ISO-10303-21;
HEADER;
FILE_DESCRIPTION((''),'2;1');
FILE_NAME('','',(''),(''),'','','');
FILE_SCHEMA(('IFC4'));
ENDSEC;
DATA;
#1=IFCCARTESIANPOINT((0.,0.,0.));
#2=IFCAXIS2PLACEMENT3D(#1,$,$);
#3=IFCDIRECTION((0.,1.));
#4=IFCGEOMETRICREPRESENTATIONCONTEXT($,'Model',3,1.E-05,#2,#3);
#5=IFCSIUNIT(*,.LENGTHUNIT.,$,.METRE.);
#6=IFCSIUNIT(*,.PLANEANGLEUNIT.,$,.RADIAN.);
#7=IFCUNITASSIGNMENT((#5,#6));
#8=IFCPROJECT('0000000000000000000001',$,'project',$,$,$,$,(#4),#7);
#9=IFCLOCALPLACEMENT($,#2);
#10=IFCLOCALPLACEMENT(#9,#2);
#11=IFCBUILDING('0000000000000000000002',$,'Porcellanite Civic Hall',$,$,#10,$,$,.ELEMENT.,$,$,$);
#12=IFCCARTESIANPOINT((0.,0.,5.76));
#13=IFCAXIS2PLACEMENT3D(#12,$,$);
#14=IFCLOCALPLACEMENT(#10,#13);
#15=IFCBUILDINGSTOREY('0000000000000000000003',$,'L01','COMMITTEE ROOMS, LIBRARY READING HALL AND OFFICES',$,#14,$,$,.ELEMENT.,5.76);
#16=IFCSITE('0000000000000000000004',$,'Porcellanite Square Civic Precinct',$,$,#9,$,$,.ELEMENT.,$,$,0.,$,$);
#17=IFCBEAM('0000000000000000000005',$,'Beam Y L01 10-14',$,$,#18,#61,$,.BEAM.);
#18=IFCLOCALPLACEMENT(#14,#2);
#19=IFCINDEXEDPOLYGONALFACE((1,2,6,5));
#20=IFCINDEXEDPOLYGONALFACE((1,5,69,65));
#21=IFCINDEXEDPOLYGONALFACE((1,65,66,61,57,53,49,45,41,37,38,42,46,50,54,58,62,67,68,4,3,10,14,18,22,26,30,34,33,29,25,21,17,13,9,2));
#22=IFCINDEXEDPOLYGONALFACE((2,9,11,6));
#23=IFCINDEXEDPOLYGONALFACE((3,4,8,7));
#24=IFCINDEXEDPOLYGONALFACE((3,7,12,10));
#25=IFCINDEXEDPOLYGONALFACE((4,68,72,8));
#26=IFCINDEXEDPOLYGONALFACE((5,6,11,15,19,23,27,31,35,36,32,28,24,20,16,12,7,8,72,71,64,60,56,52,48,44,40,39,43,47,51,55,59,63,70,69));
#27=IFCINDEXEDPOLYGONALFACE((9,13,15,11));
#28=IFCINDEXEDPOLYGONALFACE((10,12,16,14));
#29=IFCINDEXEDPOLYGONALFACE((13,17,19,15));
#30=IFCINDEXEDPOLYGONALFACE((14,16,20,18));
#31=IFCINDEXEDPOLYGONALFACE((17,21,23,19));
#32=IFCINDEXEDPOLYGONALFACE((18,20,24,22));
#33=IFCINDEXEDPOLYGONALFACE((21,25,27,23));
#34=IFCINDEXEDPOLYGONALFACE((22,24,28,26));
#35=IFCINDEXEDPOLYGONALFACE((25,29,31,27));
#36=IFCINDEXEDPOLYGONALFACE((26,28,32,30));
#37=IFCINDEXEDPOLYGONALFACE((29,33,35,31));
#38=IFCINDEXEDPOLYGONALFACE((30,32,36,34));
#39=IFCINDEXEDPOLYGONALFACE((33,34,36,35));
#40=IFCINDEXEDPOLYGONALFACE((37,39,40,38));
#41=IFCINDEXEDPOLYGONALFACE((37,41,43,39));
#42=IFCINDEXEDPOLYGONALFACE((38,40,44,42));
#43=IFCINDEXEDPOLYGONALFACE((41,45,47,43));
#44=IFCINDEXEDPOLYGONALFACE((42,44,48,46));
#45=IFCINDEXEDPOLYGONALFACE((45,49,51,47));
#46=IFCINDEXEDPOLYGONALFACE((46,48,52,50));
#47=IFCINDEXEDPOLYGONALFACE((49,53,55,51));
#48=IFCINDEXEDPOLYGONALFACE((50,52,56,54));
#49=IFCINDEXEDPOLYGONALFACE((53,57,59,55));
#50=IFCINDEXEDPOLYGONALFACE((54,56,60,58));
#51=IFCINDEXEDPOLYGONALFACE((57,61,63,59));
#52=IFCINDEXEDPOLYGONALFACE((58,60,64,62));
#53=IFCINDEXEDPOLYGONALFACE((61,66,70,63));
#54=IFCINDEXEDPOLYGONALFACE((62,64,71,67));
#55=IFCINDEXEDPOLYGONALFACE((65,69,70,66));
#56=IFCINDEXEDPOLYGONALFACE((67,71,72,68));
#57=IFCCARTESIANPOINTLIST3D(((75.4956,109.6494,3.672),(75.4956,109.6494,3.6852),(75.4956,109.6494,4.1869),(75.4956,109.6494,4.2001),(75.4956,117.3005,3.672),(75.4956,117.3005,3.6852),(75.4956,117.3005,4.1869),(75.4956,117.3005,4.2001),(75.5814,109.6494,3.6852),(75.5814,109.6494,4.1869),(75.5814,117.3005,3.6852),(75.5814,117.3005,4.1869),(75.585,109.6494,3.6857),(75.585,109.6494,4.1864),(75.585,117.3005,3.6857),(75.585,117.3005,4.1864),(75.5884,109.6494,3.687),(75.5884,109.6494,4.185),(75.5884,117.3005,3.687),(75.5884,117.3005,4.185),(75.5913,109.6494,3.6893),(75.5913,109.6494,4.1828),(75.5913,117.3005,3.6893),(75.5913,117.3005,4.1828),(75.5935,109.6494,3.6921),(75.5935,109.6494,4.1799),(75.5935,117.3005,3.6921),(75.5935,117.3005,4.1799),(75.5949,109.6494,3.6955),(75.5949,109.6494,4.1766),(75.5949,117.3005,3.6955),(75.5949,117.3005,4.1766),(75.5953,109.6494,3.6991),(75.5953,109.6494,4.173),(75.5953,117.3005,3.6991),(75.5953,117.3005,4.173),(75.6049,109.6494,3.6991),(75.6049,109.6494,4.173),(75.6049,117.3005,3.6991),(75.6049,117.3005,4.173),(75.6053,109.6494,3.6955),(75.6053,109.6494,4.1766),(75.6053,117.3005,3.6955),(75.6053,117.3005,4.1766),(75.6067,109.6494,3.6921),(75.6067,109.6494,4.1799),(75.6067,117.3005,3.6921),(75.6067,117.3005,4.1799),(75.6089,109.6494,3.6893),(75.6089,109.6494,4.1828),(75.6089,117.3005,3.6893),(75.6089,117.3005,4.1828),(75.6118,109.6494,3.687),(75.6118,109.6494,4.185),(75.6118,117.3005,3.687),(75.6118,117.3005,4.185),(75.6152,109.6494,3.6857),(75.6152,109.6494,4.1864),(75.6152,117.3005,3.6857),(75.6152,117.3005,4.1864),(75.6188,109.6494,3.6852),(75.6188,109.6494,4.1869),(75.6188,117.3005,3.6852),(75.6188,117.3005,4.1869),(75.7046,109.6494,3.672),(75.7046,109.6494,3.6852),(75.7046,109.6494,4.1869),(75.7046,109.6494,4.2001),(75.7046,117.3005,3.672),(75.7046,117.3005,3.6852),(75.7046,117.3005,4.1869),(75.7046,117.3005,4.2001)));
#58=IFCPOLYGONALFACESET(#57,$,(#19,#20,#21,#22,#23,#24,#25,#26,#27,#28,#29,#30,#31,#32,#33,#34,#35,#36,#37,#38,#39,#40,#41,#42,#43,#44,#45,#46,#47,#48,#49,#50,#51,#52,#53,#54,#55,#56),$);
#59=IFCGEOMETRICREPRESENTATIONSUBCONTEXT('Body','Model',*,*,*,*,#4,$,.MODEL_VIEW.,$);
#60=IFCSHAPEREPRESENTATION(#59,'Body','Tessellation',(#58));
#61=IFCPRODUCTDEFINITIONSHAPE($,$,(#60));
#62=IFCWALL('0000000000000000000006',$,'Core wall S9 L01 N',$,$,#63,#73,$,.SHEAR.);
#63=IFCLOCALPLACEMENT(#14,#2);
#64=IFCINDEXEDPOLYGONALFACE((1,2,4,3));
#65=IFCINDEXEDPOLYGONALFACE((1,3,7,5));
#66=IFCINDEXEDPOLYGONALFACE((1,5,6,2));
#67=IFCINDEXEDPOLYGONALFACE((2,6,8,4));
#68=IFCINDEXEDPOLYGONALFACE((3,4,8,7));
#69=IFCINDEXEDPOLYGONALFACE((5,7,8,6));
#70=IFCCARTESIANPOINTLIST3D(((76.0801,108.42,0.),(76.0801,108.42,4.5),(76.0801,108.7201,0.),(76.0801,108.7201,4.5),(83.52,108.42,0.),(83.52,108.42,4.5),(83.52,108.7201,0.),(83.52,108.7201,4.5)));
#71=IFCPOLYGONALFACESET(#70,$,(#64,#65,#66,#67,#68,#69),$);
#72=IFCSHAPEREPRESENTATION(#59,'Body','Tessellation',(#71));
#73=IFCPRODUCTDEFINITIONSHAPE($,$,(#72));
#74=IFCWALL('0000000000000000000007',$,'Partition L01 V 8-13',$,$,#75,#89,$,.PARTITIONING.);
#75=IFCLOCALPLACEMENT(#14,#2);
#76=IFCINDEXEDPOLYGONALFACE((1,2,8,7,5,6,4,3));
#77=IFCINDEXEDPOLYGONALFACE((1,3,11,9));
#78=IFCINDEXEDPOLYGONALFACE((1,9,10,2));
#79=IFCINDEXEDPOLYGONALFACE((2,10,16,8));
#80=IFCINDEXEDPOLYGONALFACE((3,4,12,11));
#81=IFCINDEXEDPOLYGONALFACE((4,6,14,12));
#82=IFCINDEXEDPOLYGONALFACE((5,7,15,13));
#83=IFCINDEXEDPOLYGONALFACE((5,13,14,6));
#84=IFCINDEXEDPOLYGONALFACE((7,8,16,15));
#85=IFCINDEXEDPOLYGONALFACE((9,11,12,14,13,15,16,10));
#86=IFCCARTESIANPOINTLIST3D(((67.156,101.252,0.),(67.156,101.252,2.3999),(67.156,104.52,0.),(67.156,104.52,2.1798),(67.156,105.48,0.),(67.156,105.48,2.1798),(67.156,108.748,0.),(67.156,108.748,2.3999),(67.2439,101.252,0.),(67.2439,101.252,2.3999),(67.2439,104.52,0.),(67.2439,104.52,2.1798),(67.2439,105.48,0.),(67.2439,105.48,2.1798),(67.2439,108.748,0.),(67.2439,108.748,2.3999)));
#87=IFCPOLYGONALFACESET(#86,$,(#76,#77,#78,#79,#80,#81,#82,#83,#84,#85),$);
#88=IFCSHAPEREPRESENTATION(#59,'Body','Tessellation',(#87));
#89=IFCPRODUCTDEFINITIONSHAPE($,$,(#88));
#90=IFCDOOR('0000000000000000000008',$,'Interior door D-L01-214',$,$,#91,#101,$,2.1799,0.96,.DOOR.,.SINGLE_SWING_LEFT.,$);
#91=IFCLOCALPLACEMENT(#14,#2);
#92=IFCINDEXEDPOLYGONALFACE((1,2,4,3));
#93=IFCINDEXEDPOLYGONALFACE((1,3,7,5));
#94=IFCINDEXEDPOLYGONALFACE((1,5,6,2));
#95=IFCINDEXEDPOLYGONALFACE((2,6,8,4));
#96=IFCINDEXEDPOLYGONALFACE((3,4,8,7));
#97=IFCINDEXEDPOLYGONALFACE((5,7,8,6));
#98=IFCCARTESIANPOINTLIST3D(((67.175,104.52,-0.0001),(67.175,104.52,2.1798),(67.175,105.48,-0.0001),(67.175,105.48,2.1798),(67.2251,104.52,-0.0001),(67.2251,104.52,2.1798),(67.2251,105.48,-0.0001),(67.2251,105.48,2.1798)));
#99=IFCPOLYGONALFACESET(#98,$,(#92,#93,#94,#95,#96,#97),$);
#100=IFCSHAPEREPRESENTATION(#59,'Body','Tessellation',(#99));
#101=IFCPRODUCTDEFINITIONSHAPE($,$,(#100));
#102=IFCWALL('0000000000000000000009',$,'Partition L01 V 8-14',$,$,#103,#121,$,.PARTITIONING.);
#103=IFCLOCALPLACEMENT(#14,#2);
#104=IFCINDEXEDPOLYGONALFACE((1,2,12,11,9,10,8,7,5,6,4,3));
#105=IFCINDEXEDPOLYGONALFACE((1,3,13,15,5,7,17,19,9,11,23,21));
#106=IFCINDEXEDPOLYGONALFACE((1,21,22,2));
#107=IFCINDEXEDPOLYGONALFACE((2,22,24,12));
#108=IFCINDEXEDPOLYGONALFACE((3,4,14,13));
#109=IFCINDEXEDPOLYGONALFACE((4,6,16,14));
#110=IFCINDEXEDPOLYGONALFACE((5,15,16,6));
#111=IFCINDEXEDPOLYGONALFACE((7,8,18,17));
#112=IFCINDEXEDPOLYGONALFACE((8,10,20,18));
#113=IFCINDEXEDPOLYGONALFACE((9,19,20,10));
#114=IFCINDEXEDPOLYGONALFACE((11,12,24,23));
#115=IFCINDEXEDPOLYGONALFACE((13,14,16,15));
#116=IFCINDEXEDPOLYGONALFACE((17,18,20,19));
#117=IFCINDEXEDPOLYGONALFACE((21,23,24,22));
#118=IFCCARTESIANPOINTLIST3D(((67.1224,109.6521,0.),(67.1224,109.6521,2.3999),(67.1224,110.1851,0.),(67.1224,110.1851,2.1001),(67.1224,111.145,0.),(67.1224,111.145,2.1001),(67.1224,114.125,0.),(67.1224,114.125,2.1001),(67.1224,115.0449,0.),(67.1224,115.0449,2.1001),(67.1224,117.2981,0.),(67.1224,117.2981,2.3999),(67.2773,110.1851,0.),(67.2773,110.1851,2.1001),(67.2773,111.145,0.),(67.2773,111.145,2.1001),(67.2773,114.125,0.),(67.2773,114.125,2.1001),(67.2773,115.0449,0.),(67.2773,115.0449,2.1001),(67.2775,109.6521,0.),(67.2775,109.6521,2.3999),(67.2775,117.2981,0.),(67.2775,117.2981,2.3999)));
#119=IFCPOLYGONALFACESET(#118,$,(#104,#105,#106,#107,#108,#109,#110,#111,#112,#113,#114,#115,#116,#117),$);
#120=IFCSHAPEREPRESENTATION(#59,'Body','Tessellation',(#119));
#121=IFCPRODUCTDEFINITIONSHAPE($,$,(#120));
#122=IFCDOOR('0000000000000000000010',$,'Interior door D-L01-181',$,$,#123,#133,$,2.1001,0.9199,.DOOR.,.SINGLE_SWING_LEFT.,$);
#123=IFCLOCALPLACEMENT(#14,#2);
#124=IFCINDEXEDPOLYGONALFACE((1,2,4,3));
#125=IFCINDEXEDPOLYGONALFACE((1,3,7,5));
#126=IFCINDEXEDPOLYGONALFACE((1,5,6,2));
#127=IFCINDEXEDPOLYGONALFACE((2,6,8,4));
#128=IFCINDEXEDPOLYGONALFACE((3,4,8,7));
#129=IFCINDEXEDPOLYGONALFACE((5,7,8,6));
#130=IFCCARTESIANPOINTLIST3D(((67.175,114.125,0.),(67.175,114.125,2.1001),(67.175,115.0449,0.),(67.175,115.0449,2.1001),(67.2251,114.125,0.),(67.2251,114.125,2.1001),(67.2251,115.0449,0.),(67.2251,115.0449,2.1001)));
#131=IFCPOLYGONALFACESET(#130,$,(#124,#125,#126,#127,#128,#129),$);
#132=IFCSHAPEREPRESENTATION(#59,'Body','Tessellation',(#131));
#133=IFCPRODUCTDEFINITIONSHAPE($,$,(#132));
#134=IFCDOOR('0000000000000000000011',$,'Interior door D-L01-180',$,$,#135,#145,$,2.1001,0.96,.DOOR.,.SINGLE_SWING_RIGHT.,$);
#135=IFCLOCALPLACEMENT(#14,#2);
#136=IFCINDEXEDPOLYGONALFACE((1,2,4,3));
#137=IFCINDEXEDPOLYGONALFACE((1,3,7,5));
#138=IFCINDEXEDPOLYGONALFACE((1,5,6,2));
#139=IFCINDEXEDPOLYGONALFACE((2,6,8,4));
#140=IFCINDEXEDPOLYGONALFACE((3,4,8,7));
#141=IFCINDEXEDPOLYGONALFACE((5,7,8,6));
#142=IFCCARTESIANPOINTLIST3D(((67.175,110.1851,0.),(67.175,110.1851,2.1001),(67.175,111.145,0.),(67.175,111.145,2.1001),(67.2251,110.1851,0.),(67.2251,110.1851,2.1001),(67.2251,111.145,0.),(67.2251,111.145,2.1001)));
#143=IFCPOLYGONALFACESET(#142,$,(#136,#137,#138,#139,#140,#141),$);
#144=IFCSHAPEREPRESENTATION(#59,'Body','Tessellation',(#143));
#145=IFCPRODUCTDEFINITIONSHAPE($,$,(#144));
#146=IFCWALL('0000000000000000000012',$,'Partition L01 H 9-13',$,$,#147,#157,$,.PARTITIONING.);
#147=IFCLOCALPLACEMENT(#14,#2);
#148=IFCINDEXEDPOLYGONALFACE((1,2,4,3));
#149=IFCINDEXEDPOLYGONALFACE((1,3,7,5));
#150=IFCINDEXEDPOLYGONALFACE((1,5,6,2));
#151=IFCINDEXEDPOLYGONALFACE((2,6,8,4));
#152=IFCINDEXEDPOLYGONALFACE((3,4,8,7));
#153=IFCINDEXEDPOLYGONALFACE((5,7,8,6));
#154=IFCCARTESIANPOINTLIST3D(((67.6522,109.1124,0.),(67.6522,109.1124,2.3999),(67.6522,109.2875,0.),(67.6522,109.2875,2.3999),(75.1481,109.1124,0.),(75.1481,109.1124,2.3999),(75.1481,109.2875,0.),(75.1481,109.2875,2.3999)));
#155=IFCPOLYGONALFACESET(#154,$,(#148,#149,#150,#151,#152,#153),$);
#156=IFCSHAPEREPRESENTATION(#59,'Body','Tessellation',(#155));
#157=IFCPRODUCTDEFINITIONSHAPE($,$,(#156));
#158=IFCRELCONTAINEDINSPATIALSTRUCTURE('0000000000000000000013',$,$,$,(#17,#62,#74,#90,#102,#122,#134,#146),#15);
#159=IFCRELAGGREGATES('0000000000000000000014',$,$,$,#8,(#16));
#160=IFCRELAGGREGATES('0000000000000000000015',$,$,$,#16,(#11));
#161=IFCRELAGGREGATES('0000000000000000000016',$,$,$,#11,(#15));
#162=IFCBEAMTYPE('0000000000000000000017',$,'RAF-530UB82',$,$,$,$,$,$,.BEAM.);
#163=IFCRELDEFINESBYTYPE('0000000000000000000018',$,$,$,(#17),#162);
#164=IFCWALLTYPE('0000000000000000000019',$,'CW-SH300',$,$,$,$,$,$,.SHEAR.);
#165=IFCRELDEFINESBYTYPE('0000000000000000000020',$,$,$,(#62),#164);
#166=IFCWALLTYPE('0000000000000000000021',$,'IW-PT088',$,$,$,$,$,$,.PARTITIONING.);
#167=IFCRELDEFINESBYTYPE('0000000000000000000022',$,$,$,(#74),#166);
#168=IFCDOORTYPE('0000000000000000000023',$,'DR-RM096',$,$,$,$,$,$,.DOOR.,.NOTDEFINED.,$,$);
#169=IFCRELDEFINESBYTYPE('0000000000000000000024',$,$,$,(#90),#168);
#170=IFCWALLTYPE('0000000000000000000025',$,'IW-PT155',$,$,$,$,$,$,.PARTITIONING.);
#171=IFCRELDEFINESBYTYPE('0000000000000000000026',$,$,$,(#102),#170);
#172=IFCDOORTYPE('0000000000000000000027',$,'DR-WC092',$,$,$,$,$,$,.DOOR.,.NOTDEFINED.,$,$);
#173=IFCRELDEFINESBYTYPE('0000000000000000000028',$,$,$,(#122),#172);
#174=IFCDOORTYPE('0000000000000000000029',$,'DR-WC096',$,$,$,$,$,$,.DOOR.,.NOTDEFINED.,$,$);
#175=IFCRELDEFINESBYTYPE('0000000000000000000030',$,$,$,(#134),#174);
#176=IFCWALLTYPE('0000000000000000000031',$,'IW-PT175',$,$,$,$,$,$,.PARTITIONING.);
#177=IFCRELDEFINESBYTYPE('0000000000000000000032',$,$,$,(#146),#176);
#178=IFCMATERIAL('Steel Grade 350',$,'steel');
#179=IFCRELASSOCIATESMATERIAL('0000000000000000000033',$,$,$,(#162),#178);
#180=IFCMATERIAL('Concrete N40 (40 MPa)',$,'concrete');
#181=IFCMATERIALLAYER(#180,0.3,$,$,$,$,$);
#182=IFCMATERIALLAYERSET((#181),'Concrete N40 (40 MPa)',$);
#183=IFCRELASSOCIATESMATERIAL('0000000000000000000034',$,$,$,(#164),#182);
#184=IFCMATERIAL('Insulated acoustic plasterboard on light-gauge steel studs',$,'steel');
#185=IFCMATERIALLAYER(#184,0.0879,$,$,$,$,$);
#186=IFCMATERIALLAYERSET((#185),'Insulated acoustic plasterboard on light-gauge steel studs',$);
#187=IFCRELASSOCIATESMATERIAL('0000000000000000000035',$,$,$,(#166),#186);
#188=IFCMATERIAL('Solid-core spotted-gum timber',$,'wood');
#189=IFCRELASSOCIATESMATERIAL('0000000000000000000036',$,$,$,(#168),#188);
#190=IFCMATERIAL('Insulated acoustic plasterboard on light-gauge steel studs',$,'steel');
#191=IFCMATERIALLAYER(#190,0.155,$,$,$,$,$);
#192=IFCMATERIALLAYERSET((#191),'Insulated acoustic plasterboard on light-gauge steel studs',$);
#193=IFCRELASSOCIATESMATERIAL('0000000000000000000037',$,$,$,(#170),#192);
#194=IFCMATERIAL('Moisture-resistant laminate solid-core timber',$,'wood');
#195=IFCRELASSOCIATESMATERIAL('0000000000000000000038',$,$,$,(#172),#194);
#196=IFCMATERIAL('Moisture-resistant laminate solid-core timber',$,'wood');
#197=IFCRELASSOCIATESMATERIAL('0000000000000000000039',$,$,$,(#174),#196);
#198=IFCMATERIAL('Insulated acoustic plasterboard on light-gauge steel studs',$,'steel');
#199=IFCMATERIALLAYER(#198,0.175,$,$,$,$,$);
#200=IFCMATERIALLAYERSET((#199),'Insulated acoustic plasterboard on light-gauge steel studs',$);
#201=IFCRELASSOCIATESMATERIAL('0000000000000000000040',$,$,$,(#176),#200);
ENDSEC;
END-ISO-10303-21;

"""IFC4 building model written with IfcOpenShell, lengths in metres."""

from ifc_helpers import new_model, si_unit, direction, frame, frame_2d, origin, origin_2d, place, context, subcontext, project, spatial, rectangle, i_section, extrude, material, layer, layer_set, material_profile, profile_set, type_object, element, fill, save


model = new_model("IFC4")

# Units and contexts
model_context = context("Model", 3, precision=1e-05, world=origin(), true_north=direction((0.0, 1.0)))
body_context = subcontext(model_context, "Body", "Model", "MODEL_VIEW")
ifc_project = project(units=[si_unit("LENGTHUNIT", "METRE"), si_unit("PLANEANGLEUNIT", "RADIAN")], contexts=[model_context])

# Site, building, storey
site_placement = place(None, origin())
site = spatial("IfcSite", under=ifc_project, at=site_placement, Name="Porcellanite Square Civic Precinct", CompositionType="ELEMENT", RefElevation=0.0)
building_placement = place(site_placement, origin())
building = spatial("IfcBuilding", under=site, at=building_placement, Name="Porcellanite Civic Hall", CompositionType="ELEMENT")
storey_placement = place(building_placement, frame((0.0, 0.0, 5.76)))
storey = spatial("IfcBuildingStorey", under=building, at=storey_placement, Name="L01", Description="COMMITTEE ROOMS, LIBRARY READING HALL AND OFFICES", CompositionType="ELEMENT", Elevation=5.76)

# Beam
ifc_material_1 = material(Name="Steel Grade 350", Category="steel")
ifc_material_profile_1 = material_profile(ifc_material_1, i_section(OverallWidth=0.209, OverallDepth=0.5281, WebThickness=0.0095, FlangeThickness=0.0132, FilletRadius=0.0139, at=origin_2d()), Name="530UB82.0")
ifc_profile_set_1 = profile_set([ifc_material_profile_1], Name="Steel Grade 350")
beam_type_1 = type_object("IfcBeamType", Name="RAF-530UB82", PredefinedType="BEAM", material=ifc_profile_set_1)
beam_1_placement = place(storey_placement, frame((75.6001, 109.6494, 3.936), z_axis=(0.0, 1.0, 0.0), x_axis=(-1.0, 0.0, 0.0)))
element("IfcBeam", 1, at=beam_1_placement, inside=storey, type_object=beam_type_1, Name="Beam Y L01 10-14", PredefinedType="BEAM", context=body_context, shape_type="SweptSolid", body=[
    extrude(i_section(OverallWidth=0.209, OverallDepth=0.5281, WebThickness=0.0095, FlangeThickness=0.0132, FilletRadius=0.0139, at=origin_2d()), origin(), (0.0, 0.0, 1.0), 7.6511),
])

# Wall
ifc_material_2 = material(Name="Concrete N40 (40 MPa)", Category="concrete")
ifc_layer_1 = layer(ifc_material_2, 0.3)
ifc_layer_set_1 = layer_set([ifc_layer_1], Name="Concrete N40 (40 MPa)")
wall_type_1 = type_object("IfcWallType", Name="CW-SH300", PredefinedType="SHEAR", material=ifc_layer_set_1)
wall_1_placement = place(storey_placement, frame((76.0801, 108.5701, 0.0), z_axis=(0.0, 0.0, 1.0), x_axis=(1.0, 0.0, 0.0)))
element("IfcWall", 2, at=wall_1_placement, inside=storey, type_object=wall_type_1, Name="Core wall S9 L01 N", PredefinedType="SHEAR", context=body_context, shape_type="SweptSolid", body=[
    extrude(rectangle(XDim=7.4399, YDim=0.3, at=frame_2d((3.72, 0.0))), origin(), (0.0, 0.0, 1.0), 4.5),
])

# Wall, opening, door
ifc_material_3 = material(Name="Insulated acoustic plasterboard on light-gauge steel studs", Category="steel")
ifc_layer_2 = layer(ifc_material_3, 0.0879)
ifc_layer_set_2 = layer_set([ifc_layer_2], Name="Insulated acoustic plasterboard on light-gauge steel studs")
wall_type_2 = type_object("IfcWallType", Name="IW-PT088", PredefinedType="PARTITIONING", material=ifc_layer_set_2)
wall_2_placement = place(storey_placement, frame((67.2, 101.252, 0.0), z_axis=(0.0, 0.0, 1.0), x_axis=(0.0, 1.0, 0.0)))
wall_2 = element("IfcWall", 3, at=wall_2_placement, inside=storey, type_object=wall_type_2, Name="Partition L01 V 8-13", PredefinedType="PARTITIONING", context=body_context, shape_type="SweptSolid", body=[
    extrude(rectangle(XDim=7.4961, YDim=0.0879, at=frame_2d((3.748, 0.0))), origin(), (0.0, 0.0, 1.0), 2.3999),
])
opening_1_placement = place(wall_2_placement, frame((3.2681, 0.0, 0.0)))
opening_1 = element("IfcOpeningElement", 4, at=opening_1_placement, cuts=wall_2, PredefinedType="OPENING", context=body_context, shape_type="SweptSolid", body=[
    extrude(rectangle(XDim=0.96, YDim=2.1799, at=frame_2d((0.48, 1.0898))), frame((0.0, 0.0439, 0.0), z_axis=(0.0, -1.0, 0.0), x_axis=(1.0, 0.0, 0.0)), (0.0, 0.0, 1.0), 0.0879),
])
ifc_material_4 = material(Name="Solid-core spotted-gum timber", Category="wood")
door_type_1 = type_object("IfcDoorType", Name="DR-RM096", OperationType="NOTDEFINED", PredefinedType="DOOR", material=ifc_material_4)
door_1_placement = place(opening_1_placement, origin())
door_1 = element("IfcDoor", 5, at=door_1_placement, inside=storey, type_object=door_type_1, Name="Interior door D-L01-214", OperationType="SINGLE_SWING_LEFT", OverallHeight=2.1799, OverallWidth=0.96, PredefinedType="DOOR", context=body_context, shape_type="SweptSolid", body=[
    extrude(rectangle(XDim=0.96, YDim=2.1799, at=frame_2d((0.48, 1.0898))), frame((0.0, 0.0249, 0.0), z_axis=(0.0, -1.0, 0.0), x_axis=(1.0, 0.0, 0.0)), (0.0, 0.0, 1.0), 0.05),
])
fill(opening_1, door_1)

# Wall, openings, doors
ifc_material_5 = material(Name="Insulated acoustic plasterboard on light-gauge steel studs", Category="steel")
ifc_layer_3 = layer(ifc_material_5, 0.155)
ifc_layer_set_3 = layer_set([ifc_layer_3], Name="Insulated acoustic plasterboard on light-gauge steel studs")
wall_type_3 = type_object("IfcWallType", Name="IW-PT155", PredefinedType="PARTITIONING", material=ifc_layer_set_3)
wall_3_placement = place(storey_placement, frame((67.2, 109.6521, 0.0), z_axis=(0.0, 0.0, 1.0), x_axis=(0.0, 1.0, 0.0)))
wall_3 = element("IfcWall", 6, at=wall_3_placement, inside=storey, type_object=wall_type_3, Name="Partition L01 V 8-14", PredefinedType="PARTITIONING", context=body_context, shape_type="SweptSolid", body=[
    extrude(rectangle(XDim=7.646, YDim=0.155, at=frame_2d((3.823, 0.0))), origin(), (0.0, 0.0, 1.0), 2.3999),
])
opening_2_placement = place(wall_3_placement, frame((0.533, 0.0, 0.0)))
opening_2 = element("IfcOpeningElement", 7, at=opening_2_placement, cuts=wall_3, PredefinedType="OPENING", context=body_context, shape_type="SweptSolid", body=[
    extrude(rectangle(XDim=0.96, YDim=2.1001, at=frame_2d((0.48, 1.05))), frame((0.0, 0.0776, 0.0), z_axis=(0.0, -1.0, 0.0), x_axis=(1.0, 0.0, 0.0)), (0.0, 0.0, 1.0), 0.155),
])
opening_3_placement = place(wall_3_placement, frame((4.4729, 0.0, 0.0)))
opening_3 = element("IfcOpeningElement", 8, at=opening_3_placement, cuts=wall_3, PredefinedType="OPENING", context=body_context, shape_type="SweptSolid", body=[
    extrude(rectangle(XDim=0.9199, YDim=2.1001, at=frame_2d((0.46, 1.05))), frame((0.0, 0.0776, 0.0), z_axis=(0.0, -1.0, 0.0), x_axis=(1.0, 0.0, 0.0)), (0.0, 0.0, 1.0), 0.155),
])
ifc_material_6 = material(Name="Moisture-resistant laminate solid-core timber", Category="wood")
door_type_2 = type_object("IfcDoorType", Name="DR-WC092", OperationType="NOTDEFINED", PredefinedType="DOOR", material=ifc_material_6)
door_2_placement = place(opening_3_placement, origin())
door_2 = element("IfcDoor", 9, at=door_2_placement, inside=storey, type_object=door_type_2, Name="Interior door D-L01-181", OperationType="SINGLE_SWING_LEFT", OverallHeight=2.1001, OverallWidth=0.9199, PredefinedType="DOOR", context=body_context, shape_type="SweptSolid", body=[
    extrude(rectangle(XDim=0.9199, YDim=2.1001, at=frame_2d((0.46, 1.05))), frame((0.0, 0.0249, 0.0), z_axis=(0.0, -1.0, 0.0), x_axis=(1.0, 0.0, 0.0)), (0.0, 0.0, 1.0), 0.05),
])
fill(opening_3, door_2)
ifc_material_7 = material(Name="Moisture-resistant laminate solid-core timber", Category="wood")
door_type_3 = type_object("IfcDoorType", Name="DR-WC096", OperationType="NOTDEFINED", PredefinedType="DOOR", material=ifc_material_7)
door_3_placement = place(opening_2_placement, origin())
door_3 = element("IfcDoor", 10, at=door_3_placement, inside=storey, type_object=door_type_3, Name="Interior door D-L01-180", OperationType="SINGLE_SWING_RIGHT", OverallHeight=2.1001, OverallWidth=0.96, PredefinedType="DOOR", context=body_context, shape_type="SweptSolid", body=[
    extrude(rectangle(XDim=0.96, YDim=2.1001, at=frame_2d((0.48, 1.05))), frame((0.0, 0.0249, 0.0), z_axis=(0.0, -1.0, 0.0), x_axis=(1.0, 0.0, 0.0)), (0.0, 0.0, 1.0), 0.05),
])
fill(opening_2, door_3)

# Wall
ifc_material_8 = material(Name="Insulated acoustic plasterboard on light-gauge steel studs", Category="steel")
ifc_layer_4 = layer(ifc_material_8, 0.175)
ifc_layer_set_4 = layer_set([ifc_layer_4], Name="Insulated acoustic plasterboard on light-gauge steel studs")
wall_type_4 = type_object("IfcWallType", Name="IW-PT175", PredefinedType="PARTITIONING", material=ifc_layer_set_4)
wall_4_placement = place(storey_placement, frame((67.6521, 109.2, 0.0), z_axis=(0.0, 0.0, 1.0), x_axis=(1.0, 0.0, 0.0)))
element("IfcWall", 11, at=wall_4_placement, inside=storey, type_object=wall_type_4, Name="Partition L01 H 9-13", PredefinedType="PARTITIONING", context=body_context, shape_type="SweptSolid", body=[
    extrude(rectangle(XDim=7.4958, YDim=0.175, at=frame_2d((3.748, 0.0))), origin(), (0.0, 0.0, 1.0), 2.3999),
])

save(model, "model.ifc")
